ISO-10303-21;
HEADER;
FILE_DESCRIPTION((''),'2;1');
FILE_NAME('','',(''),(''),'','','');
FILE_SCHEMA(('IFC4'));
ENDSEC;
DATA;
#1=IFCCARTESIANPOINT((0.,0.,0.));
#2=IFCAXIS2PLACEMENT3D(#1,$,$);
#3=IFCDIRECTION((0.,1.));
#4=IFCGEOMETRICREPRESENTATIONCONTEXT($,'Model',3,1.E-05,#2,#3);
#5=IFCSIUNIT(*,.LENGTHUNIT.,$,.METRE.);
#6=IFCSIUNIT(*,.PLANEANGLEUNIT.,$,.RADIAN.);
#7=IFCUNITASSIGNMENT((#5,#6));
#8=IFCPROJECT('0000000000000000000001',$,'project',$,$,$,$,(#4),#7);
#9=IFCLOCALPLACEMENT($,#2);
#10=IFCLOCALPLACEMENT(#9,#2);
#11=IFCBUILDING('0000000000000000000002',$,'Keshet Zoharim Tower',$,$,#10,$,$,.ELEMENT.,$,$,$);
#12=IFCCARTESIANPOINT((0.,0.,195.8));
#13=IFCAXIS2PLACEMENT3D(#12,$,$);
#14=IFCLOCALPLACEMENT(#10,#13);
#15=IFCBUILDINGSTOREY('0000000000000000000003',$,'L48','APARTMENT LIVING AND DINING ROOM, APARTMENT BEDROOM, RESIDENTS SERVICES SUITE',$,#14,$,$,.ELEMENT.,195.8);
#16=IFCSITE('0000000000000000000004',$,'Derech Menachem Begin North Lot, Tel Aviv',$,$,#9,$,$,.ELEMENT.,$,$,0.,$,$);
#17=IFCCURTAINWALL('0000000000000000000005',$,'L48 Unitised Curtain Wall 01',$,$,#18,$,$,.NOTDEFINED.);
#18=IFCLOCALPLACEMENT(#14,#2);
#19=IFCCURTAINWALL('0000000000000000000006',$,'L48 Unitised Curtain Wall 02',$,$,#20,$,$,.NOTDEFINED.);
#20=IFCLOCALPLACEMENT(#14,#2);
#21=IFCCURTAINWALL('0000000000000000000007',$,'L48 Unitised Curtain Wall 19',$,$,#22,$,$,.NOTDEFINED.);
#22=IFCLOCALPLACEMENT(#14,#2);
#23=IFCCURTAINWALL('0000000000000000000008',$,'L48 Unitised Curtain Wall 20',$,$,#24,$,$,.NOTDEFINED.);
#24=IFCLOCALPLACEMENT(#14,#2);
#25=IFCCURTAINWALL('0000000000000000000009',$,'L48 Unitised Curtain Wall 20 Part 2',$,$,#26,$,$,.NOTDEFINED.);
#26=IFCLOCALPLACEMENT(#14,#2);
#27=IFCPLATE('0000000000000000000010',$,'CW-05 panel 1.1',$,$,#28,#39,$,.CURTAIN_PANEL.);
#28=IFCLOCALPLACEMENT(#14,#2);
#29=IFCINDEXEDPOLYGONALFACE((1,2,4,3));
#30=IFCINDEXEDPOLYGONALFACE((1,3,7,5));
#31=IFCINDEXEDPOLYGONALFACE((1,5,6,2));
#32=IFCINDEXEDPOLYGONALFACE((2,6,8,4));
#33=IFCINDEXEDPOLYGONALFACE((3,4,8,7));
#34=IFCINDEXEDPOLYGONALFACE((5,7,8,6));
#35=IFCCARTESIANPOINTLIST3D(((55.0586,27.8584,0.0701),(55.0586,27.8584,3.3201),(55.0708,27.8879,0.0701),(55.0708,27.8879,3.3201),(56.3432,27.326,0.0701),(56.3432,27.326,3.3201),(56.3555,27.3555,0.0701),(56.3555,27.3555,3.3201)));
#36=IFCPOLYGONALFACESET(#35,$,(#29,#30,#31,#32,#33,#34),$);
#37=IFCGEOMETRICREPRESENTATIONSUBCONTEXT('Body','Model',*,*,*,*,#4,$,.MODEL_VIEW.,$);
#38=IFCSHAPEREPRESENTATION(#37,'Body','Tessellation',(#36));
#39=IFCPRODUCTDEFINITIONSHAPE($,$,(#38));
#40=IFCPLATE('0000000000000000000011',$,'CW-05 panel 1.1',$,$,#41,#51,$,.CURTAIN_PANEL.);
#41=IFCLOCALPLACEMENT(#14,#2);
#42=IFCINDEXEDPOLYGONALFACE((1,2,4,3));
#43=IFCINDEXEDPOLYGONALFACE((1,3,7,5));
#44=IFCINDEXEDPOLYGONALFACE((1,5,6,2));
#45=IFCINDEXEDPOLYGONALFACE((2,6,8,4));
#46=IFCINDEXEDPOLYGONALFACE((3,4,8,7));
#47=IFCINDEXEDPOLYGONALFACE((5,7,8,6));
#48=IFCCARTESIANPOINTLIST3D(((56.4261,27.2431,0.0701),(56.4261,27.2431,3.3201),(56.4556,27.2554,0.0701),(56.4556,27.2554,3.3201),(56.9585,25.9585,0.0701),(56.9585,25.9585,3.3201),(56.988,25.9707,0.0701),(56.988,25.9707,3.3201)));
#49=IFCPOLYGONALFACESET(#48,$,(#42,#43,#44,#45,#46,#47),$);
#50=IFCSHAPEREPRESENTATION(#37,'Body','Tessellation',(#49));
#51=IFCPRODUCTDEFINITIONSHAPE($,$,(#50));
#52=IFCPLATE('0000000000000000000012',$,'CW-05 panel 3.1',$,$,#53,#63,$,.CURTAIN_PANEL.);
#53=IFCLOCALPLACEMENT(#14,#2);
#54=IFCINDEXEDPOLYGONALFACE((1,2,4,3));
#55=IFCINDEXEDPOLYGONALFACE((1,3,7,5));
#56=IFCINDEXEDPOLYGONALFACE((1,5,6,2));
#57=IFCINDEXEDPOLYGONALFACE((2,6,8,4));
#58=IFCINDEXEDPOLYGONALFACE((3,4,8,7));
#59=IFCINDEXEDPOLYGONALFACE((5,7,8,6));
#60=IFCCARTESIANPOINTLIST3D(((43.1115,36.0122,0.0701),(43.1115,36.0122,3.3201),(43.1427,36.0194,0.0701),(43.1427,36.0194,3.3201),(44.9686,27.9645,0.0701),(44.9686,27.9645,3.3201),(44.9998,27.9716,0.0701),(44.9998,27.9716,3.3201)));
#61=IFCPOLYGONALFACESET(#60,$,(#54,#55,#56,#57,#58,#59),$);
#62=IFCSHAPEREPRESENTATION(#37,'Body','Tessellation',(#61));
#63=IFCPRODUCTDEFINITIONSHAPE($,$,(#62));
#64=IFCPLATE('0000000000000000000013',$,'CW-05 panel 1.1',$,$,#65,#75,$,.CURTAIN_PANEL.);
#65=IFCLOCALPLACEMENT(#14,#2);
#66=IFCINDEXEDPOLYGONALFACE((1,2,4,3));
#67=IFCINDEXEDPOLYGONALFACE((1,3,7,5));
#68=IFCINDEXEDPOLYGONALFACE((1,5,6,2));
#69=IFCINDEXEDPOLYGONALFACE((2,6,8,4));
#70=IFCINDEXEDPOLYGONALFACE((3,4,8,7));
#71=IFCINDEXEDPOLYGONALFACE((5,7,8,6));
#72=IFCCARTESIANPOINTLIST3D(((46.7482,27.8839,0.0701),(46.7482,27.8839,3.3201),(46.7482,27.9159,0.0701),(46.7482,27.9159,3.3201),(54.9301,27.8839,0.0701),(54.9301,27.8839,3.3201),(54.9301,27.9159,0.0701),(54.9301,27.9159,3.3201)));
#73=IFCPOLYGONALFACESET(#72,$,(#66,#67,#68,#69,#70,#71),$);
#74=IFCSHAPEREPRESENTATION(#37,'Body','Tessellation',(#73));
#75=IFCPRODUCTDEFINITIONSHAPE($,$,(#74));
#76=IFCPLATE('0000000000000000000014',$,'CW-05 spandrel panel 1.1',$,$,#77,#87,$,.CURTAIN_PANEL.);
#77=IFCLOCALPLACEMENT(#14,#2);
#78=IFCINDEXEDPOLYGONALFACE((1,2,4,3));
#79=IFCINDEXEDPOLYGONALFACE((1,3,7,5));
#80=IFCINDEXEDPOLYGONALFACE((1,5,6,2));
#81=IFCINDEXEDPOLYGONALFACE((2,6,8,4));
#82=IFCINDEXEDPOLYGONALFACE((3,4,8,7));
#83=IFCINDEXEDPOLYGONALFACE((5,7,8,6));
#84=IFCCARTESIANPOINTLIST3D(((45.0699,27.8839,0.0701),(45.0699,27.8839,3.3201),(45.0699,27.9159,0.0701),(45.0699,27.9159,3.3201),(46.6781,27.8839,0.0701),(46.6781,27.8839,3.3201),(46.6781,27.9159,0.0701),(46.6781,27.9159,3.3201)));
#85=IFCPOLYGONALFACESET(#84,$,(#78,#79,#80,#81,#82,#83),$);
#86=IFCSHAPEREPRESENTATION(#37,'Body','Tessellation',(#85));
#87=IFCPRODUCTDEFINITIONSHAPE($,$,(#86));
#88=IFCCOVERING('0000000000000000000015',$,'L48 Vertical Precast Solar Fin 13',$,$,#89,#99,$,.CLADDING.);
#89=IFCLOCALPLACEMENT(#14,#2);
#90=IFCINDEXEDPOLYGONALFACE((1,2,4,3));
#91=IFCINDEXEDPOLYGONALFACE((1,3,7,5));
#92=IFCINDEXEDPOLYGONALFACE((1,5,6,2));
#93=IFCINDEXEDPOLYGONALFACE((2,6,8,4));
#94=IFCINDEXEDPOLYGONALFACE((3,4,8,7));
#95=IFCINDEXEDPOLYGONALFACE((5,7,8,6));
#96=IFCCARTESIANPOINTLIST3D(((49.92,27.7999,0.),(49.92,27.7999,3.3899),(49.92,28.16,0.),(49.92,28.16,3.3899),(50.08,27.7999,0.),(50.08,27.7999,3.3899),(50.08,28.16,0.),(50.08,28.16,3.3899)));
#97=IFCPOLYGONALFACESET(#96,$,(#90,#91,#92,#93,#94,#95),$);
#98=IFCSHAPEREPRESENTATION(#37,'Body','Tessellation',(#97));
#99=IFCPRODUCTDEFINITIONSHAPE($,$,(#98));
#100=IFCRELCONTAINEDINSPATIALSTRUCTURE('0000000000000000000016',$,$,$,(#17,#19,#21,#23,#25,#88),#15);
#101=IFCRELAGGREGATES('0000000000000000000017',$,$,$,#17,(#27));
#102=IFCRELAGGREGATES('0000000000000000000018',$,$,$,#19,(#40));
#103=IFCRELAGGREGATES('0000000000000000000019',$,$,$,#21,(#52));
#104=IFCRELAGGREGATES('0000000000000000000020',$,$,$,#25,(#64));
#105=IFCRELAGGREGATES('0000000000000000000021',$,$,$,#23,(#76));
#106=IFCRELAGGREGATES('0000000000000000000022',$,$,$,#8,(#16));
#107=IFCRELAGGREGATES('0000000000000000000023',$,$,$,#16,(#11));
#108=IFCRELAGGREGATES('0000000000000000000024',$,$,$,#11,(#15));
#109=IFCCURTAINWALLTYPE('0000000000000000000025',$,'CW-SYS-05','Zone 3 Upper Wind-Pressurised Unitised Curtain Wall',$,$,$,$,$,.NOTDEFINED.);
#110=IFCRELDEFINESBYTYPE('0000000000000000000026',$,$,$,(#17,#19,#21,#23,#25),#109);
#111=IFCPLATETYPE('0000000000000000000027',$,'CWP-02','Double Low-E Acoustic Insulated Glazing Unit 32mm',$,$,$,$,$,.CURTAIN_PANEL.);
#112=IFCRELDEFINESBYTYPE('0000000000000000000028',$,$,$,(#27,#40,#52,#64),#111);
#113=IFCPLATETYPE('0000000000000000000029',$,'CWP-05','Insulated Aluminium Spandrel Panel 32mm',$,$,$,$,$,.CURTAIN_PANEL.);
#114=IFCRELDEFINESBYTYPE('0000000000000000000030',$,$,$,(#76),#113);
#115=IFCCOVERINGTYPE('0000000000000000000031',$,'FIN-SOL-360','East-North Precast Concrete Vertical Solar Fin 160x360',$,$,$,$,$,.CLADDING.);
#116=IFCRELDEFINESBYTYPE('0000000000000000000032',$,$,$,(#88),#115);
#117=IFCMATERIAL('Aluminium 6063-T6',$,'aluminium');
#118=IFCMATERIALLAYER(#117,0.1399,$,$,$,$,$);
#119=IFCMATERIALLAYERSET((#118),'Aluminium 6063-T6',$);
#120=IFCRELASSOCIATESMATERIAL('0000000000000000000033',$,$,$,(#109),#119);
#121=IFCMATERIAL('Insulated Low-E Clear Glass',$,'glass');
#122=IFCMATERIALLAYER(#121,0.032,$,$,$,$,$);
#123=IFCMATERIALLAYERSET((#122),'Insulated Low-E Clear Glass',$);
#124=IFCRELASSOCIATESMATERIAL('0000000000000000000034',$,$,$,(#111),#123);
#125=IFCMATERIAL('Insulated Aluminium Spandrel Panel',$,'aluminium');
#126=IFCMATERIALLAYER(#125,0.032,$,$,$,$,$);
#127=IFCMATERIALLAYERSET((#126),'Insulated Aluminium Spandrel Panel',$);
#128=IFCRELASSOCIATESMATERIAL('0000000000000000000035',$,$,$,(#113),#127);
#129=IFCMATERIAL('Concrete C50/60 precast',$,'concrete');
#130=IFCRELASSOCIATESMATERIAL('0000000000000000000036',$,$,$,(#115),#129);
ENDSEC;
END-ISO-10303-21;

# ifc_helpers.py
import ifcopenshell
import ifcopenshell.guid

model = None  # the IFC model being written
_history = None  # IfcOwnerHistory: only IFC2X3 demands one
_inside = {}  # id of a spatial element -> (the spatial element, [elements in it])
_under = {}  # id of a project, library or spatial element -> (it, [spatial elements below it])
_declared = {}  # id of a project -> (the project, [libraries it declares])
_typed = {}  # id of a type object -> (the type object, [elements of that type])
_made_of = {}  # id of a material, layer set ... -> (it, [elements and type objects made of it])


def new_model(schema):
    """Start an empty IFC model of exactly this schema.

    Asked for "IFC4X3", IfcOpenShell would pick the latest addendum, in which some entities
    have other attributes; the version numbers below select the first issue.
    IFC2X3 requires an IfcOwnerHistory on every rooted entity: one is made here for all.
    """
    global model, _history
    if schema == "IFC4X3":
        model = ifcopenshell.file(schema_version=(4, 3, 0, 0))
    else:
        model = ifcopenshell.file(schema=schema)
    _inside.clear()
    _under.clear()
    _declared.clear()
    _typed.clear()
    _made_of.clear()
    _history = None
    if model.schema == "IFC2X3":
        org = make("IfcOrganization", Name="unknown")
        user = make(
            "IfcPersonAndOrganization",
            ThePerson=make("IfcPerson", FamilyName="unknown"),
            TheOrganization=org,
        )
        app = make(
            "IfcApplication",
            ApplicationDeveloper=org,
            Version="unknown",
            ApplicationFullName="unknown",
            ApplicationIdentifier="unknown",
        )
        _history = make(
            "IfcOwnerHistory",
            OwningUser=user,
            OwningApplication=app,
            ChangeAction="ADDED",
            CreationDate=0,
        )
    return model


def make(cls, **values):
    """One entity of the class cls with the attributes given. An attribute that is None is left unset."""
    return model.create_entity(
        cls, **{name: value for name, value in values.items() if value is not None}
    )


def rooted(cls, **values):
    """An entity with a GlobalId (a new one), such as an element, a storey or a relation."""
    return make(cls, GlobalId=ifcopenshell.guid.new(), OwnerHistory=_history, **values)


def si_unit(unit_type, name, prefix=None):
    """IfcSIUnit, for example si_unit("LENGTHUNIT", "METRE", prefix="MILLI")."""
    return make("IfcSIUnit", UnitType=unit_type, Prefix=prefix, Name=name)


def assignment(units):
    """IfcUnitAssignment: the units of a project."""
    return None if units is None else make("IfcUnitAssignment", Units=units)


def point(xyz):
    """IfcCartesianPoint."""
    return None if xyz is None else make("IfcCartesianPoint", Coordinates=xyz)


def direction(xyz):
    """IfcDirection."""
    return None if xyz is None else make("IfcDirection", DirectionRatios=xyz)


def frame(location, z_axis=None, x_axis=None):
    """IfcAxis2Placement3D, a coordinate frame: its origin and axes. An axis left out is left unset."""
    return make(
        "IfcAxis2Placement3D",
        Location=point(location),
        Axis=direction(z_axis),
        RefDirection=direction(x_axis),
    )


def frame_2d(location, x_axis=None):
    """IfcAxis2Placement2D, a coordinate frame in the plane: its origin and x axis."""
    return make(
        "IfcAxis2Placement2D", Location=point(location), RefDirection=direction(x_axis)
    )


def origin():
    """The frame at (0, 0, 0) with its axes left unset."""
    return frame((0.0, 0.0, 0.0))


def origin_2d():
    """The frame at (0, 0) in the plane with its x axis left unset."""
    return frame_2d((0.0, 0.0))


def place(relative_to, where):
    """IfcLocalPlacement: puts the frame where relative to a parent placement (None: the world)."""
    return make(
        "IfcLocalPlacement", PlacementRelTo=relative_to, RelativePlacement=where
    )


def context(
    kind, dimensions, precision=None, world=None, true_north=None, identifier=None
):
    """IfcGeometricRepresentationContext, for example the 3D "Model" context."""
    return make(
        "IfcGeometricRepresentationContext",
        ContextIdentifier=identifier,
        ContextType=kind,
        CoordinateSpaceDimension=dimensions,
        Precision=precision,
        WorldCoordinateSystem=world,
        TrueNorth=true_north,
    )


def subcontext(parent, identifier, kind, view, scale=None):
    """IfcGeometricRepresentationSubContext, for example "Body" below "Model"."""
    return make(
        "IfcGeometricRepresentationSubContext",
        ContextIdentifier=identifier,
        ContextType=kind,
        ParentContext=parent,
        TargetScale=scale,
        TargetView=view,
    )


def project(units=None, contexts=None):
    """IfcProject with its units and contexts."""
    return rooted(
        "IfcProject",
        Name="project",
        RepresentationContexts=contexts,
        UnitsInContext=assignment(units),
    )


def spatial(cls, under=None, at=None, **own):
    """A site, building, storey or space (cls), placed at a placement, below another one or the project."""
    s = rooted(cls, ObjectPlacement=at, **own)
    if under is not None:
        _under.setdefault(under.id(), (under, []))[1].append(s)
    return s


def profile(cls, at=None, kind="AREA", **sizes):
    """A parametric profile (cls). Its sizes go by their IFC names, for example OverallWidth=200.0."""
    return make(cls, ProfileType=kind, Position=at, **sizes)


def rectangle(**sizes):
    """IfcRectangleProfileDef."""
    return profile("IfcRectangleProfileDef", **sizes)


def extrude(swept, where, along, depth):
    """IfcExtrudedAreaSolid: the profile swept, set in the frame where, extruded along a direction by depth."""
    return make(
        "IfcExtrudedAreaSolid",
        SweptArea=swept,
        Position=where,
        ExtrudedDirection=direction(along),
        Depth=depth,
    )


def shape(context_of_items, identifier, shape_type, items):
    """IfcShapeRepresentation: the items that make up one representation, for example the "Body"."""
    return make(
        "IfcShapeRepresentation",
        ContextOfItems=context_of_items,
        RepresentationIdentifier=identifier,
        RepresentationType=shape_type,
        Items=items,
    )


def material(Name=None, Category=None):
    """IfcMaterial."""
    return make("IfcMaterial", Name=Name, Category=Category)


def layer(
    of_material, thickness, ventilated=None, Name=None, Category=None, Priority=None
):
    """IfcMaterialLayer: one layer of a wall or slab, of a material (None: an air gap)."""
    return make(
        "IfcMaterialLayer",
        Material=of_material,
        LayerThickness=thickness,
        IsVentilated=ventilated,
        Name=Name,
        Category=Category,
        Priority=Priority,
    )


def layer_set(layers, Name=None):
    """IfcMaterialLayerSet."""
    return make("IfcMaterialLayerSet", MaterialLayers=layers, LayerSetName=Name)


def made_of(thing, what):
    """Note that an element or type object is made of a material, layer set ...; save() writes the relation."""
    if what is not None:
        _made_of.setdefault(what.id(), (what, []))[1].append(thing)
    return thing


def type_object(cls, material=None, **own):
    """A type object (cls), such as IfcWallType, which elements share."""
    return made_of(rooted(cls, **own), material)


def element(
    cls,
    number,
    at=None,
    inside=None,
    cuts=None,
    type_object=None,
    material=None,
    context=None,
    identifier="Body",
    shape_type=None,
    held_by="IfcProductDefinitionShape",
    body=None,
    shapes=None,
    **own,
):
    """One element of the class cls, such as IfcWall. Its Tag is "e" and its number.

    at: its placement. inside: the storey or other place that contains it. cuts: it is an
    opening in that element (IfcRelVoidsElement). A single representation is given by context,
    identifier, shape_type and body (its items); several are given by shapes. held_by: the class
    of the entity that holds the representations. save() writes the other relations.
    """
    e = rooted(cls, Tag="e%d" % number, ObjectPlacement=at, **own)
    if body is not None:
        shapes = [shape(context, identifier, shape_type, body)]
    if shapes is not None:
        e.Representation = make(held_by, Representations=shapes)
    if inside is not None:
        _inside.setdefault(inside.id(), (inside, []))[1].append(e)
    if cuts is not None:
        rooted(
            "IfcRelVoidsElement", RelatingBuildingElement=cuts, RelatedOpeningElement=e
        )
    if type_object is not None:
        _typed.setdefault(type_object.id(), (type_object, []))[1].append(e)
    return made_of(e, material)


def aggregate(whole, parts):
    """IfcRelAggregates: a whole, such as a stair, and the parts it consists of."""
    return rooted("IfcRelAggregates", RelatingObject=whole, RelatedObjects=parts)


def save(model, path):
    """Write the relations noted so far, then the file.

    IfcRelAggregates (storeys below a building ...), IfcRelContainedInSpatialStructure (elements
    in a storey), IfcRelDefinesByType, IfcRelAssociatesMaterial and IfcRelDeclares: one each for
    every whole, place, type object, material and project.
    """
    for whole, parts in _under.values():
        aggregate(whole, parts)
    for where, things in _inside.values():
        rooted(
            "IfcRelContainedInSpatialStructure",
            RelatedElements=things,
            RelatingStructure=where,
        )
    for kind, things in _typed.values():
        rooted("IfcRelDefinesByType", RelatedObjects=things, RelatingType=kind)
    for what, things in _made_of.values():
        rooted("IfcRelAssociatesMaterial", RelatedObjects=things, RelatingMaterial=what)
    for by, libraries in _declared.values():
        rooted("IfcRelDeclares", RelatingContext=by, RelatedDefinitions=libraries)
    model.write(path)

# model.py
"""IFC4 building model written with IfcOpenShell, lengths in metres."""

from ifc_helpers import new_model, si_unit, direction, frame, origin, origin_2d, place, context, subcontext, project, spatial, rectangle, extrude, material, layer, layer_set, type_object, element, aggregate, save


model = new_model("IFC4")

# Units and contexts
model_context = context("Model", 3, precision=1e-05, world=origin(), true_north=direction((0.0, 1.0)))
body_context = subcontext(model_context, "Body", "Model", "MODEL_VIEW")
ifc_project = project(units=[si_unit("LENGTHUNIT", "METRE"), si_unit("PLANEANGLEUNIT", "RADIAN")], contexts=[model_context])

# Site, building, storey
site_placement = place(None, origin())
site = spatial("IfcSite", under=ifc_project, at=site_placement, Name="Derech Menachem Begin North Lot, Tel Aviv", CompositionType="ELEMENT", RefElevation=0.0)
building_placement = place(site_placement, origin())
building = spatial("IfcBuilding", under=site, at=building_placement, Name="Keshet Zoharim Tower", CompositionType="ELEMENT")
storey_placement = place(building_placement, frame((0.0, 0.0, 195.8)))
storey = spatial("IfcBuildingStorey", under=building, at=storey_placement, Name="L48", Description="APARTMENT LIVING AND DINING ROOM, APARTMENT BEDROOM, RESIDENTS SERVICES SUITE", CompositionType="ELEMENT", Elevation=195.8)

# Curtain walls
ifc_material_1 = material(Name="Aluminium 6063-T6", Category="aluminium")
ifc_layer_1 = layer(ifc_material_1, 0.1399)
ifc_layer_set_1 = layer_set([ifc_layer_1], Name="Aluminium 6063-T6")
curtain_wall_type = type_object("IfcCurtainWallType", Name="CW-SYS-05", Description="Zone 3 Upper Wind-Pressurised Unitised Curtain Wall", PredefinedType="NOTDEFINED", material=ifc_layer_set_1)
curtain_wall_1_placement = place(storey_placement, origin())
curtain_wall_1 = element("IfcCurtainWall", 1, at=curtain_wall_1_placement, inside=storey, type_object=curtain_wall_type, Name="L48 Unitised Curtain Wall 01", PredefinedType="NOTDEFINED")
curtain_wall_2_placement = place(storey_placement, origin())
curtain_wall_2 = element("IfcCurtainWall", 2, at=curtain_wall_2_placement, inside=storey, type_object=curtain_wall_type, Name="L48 Unitised Curtain Wall 02", PredefinedType="NOTDEFINED")

# Curtain wall
curtain_wall_3_placement = place(storey_placement, origin())
curtain_wall_3 = element("IfcCurtainWall", 3, at=curtain_wall_3_placement, inside=storey, type_object=curtain_wall_type, Name="L48 Unitised Curtain Wall 19", PredefinedType="NOTDEFINED")

# Curtain wall
curtain_wall_4_placement = place(storey_placement, origin())
curtain_wall_4 = element("IfcCurtainWall", 4, at=curtain_wall_4_placement, inside=storey, type_object=curtain_wall_type, Name="L48 Unitised Curtain Wall 20", PredefinedType="NOTDEFINED")

# Curtain wall
curtain_wall_5_placement = place(storey_placement, origin())
curtain_wall_5 = element("IfcCurtainWall", 5, at=curtain_wall_5_placement, inside=storey, type_object=curtain_wall_type, Name="L48 Unitised Curtain Wall 20 Part 2", PredefinedType="NOTDEFINED")

# Plates
ifc_material_2 = material(Name="Insulated Low-E Clear Glass", Category="glass")
ifc_layer_2 = layer(ifc_material_2, 0.032)
ifc_layer_set_2 = layer_set([ifc_layer_2], Name="Insulated Low-E Clear Glass")
plate_type_1 = type_object("IfcPlateType", Name="CWP-02", Description="Double Low-E Acoustic Insulated Glazing Unit 32mm", PredefinedType="CURTAIN_PANEL", material=ifc_layer_set_2)
plate_1_placement = place(storey_placement, frame((55.707, 27.6069, 0.0701), z_axis=(0.0, 0.0, 1.0), x_axis=(0.92381, -0.382852, 0.0)))
plate_1 = element("IfcPlate", 6, at=plate_1_placement, type_object=plate_type_1, Name="CW-05 panel 1.1", PredefinedType="CURTAIN_PANEL", context=body_context, shape_type="SweptSolid", body=[
    extrude(rectangle(XDim=1.3906, YDim=0.032, at=origin_2d()), origin(), (0.0, 0.0, 1.0), 3.25),
])
aggregate(curtain_wall_1, [plate_1])
plate_2_placement = place(storey_placement, frame((56.707, 26.6069, 0.0701), z_axis=(0.0, 0.0, 1.0), x_axis=(0.382852, -0.92381, 0.0)))
plate_2 = element("IfcPlate", 7, at=plate_2_placement, type_object=plate_type_1, Name="CW-05 panel 1.1", PredefinedType="CURTAIN_PANEL", context=body_context, shape_type="SweptSolid", body=[
    extrude(rectangle(XDim=1.3906, YDim=0.032, at=origin_2d()), origin(), (0.0, 0.0, 1.0), 3.25),
])
aggregate(curtain_wall_2, [plate_2])
plate_3_placement = place(storey_placement, frame((44.0557, 31.9919, 0.0701), z_axis=(0.0, 0.0, 1.0), x_axis=(0.224848, -0.974394, 0.0)))
plate_3 = element("IfcPlate", 8, at=plate_3_placement, type_object=plate_type_1, Name="CW-05 panel 3.1", PredefinedType="CURTAIN_PANEL", context=body_context, shape_type="SweptSolid", body=[
    extrude(rectangle(XDim=8.2593, YDim=0.032, at=origin_2d()), origin(), (0.0, 0.0, 1.0), 3.25),
])
aggregate(curtain_wall_3, [plate_3])
plate_4_placement = place(storey_placement, frame((50.8391, 27.8999, 0.0701), z_axis=(0.0, 0.0, 1.0), x_axis=(1.0, 0.0, 0.0)))
plate_4 = element("IfcPlate", 9, at=plate_4_placement, type_object=plate_type_1, Name="CW-05 panel 1.1", PredefinedType="CURTAIN_PANEL", context=body_context, shape_type="SweptSolid", body=[
    extrude(rectangle(XDim=8.1819, YDim=0.032, at=origin_2d()), origin(), (0.0, 0.0, 1.0), 3.25),
])
aggregate(curtain_wall_5, [plate_4])
ifc_material_3 = material(Name="Insulated Aluminium Spandrel Panel", Category="aluminium")
ifc_layer_3 = layer(ifc_material_3, 0.032)
ifc_layer_set_3 = layer_set([ifc_layer_3], Name="Insulated Aluminium Spandrel Panel")
plate_type_2 = type_object("IfcPlateType", Name="CWP-05", Description="Insulated Aluminium Spandrel Panel 32mm", PredefinedType="CURTAIN_PANEL", material=ifc_layer_set_3)
plate_5_placement = place(storey_placement, frame((45.874, 27.8999, 0.0701), z_axis=(0.0, 0.0, 1.0), x_axis=(1.0, 0.0, 0.0)))
plate_5 = element("IfcPlate", 10, at=plate_5_placement, type_object=plate_type_2, Name="CW-05 spandrel panel 1.1", PredefinedType="CURTAIN_PANEL", context=body_context, shape_type="SweptSolid", body=[
    extrude(rectangle(XDim=1.6082, YDim=0.032, at=origin_2d()), origin(), (0.0, 0.0, 1.0), 3.25),
])
aggregate(curtain_wall_4, [plate_5])

# Covering
ifc_material_4 = material(Name="Concrete C50/60 precast", Category="concrete")
covering_type = type_object("IfcCoveringType", Name="FIN-SOL-360", Description="East-North Precast Concrete Vertical Solar Fin 160x360", PredefinedType="CLADDING", material=ifc_material_4)
covering_placement = place(storey_placement, frame((50.0, 27.98, 0.0), z_axis=(0.0, 0.0, 1.0), x_axis=(1.0, 0.0, 0.0)))
element("IfcCovering", 11, at=covering_placement, inside=storey, type_object=covering_type, Name="L48 Vertical Precast Solar Fin 13", PredefinedType="CLADDING", context=body_context, shape_type="SweptSolid", body=[
    extrude(rectangle(XDim=0.1599, YDim=0.3601, at=origin_2d()), origin(), (0.0, 0.0, 1.0), 3.3899),
])

save(model, "model.ifc")
